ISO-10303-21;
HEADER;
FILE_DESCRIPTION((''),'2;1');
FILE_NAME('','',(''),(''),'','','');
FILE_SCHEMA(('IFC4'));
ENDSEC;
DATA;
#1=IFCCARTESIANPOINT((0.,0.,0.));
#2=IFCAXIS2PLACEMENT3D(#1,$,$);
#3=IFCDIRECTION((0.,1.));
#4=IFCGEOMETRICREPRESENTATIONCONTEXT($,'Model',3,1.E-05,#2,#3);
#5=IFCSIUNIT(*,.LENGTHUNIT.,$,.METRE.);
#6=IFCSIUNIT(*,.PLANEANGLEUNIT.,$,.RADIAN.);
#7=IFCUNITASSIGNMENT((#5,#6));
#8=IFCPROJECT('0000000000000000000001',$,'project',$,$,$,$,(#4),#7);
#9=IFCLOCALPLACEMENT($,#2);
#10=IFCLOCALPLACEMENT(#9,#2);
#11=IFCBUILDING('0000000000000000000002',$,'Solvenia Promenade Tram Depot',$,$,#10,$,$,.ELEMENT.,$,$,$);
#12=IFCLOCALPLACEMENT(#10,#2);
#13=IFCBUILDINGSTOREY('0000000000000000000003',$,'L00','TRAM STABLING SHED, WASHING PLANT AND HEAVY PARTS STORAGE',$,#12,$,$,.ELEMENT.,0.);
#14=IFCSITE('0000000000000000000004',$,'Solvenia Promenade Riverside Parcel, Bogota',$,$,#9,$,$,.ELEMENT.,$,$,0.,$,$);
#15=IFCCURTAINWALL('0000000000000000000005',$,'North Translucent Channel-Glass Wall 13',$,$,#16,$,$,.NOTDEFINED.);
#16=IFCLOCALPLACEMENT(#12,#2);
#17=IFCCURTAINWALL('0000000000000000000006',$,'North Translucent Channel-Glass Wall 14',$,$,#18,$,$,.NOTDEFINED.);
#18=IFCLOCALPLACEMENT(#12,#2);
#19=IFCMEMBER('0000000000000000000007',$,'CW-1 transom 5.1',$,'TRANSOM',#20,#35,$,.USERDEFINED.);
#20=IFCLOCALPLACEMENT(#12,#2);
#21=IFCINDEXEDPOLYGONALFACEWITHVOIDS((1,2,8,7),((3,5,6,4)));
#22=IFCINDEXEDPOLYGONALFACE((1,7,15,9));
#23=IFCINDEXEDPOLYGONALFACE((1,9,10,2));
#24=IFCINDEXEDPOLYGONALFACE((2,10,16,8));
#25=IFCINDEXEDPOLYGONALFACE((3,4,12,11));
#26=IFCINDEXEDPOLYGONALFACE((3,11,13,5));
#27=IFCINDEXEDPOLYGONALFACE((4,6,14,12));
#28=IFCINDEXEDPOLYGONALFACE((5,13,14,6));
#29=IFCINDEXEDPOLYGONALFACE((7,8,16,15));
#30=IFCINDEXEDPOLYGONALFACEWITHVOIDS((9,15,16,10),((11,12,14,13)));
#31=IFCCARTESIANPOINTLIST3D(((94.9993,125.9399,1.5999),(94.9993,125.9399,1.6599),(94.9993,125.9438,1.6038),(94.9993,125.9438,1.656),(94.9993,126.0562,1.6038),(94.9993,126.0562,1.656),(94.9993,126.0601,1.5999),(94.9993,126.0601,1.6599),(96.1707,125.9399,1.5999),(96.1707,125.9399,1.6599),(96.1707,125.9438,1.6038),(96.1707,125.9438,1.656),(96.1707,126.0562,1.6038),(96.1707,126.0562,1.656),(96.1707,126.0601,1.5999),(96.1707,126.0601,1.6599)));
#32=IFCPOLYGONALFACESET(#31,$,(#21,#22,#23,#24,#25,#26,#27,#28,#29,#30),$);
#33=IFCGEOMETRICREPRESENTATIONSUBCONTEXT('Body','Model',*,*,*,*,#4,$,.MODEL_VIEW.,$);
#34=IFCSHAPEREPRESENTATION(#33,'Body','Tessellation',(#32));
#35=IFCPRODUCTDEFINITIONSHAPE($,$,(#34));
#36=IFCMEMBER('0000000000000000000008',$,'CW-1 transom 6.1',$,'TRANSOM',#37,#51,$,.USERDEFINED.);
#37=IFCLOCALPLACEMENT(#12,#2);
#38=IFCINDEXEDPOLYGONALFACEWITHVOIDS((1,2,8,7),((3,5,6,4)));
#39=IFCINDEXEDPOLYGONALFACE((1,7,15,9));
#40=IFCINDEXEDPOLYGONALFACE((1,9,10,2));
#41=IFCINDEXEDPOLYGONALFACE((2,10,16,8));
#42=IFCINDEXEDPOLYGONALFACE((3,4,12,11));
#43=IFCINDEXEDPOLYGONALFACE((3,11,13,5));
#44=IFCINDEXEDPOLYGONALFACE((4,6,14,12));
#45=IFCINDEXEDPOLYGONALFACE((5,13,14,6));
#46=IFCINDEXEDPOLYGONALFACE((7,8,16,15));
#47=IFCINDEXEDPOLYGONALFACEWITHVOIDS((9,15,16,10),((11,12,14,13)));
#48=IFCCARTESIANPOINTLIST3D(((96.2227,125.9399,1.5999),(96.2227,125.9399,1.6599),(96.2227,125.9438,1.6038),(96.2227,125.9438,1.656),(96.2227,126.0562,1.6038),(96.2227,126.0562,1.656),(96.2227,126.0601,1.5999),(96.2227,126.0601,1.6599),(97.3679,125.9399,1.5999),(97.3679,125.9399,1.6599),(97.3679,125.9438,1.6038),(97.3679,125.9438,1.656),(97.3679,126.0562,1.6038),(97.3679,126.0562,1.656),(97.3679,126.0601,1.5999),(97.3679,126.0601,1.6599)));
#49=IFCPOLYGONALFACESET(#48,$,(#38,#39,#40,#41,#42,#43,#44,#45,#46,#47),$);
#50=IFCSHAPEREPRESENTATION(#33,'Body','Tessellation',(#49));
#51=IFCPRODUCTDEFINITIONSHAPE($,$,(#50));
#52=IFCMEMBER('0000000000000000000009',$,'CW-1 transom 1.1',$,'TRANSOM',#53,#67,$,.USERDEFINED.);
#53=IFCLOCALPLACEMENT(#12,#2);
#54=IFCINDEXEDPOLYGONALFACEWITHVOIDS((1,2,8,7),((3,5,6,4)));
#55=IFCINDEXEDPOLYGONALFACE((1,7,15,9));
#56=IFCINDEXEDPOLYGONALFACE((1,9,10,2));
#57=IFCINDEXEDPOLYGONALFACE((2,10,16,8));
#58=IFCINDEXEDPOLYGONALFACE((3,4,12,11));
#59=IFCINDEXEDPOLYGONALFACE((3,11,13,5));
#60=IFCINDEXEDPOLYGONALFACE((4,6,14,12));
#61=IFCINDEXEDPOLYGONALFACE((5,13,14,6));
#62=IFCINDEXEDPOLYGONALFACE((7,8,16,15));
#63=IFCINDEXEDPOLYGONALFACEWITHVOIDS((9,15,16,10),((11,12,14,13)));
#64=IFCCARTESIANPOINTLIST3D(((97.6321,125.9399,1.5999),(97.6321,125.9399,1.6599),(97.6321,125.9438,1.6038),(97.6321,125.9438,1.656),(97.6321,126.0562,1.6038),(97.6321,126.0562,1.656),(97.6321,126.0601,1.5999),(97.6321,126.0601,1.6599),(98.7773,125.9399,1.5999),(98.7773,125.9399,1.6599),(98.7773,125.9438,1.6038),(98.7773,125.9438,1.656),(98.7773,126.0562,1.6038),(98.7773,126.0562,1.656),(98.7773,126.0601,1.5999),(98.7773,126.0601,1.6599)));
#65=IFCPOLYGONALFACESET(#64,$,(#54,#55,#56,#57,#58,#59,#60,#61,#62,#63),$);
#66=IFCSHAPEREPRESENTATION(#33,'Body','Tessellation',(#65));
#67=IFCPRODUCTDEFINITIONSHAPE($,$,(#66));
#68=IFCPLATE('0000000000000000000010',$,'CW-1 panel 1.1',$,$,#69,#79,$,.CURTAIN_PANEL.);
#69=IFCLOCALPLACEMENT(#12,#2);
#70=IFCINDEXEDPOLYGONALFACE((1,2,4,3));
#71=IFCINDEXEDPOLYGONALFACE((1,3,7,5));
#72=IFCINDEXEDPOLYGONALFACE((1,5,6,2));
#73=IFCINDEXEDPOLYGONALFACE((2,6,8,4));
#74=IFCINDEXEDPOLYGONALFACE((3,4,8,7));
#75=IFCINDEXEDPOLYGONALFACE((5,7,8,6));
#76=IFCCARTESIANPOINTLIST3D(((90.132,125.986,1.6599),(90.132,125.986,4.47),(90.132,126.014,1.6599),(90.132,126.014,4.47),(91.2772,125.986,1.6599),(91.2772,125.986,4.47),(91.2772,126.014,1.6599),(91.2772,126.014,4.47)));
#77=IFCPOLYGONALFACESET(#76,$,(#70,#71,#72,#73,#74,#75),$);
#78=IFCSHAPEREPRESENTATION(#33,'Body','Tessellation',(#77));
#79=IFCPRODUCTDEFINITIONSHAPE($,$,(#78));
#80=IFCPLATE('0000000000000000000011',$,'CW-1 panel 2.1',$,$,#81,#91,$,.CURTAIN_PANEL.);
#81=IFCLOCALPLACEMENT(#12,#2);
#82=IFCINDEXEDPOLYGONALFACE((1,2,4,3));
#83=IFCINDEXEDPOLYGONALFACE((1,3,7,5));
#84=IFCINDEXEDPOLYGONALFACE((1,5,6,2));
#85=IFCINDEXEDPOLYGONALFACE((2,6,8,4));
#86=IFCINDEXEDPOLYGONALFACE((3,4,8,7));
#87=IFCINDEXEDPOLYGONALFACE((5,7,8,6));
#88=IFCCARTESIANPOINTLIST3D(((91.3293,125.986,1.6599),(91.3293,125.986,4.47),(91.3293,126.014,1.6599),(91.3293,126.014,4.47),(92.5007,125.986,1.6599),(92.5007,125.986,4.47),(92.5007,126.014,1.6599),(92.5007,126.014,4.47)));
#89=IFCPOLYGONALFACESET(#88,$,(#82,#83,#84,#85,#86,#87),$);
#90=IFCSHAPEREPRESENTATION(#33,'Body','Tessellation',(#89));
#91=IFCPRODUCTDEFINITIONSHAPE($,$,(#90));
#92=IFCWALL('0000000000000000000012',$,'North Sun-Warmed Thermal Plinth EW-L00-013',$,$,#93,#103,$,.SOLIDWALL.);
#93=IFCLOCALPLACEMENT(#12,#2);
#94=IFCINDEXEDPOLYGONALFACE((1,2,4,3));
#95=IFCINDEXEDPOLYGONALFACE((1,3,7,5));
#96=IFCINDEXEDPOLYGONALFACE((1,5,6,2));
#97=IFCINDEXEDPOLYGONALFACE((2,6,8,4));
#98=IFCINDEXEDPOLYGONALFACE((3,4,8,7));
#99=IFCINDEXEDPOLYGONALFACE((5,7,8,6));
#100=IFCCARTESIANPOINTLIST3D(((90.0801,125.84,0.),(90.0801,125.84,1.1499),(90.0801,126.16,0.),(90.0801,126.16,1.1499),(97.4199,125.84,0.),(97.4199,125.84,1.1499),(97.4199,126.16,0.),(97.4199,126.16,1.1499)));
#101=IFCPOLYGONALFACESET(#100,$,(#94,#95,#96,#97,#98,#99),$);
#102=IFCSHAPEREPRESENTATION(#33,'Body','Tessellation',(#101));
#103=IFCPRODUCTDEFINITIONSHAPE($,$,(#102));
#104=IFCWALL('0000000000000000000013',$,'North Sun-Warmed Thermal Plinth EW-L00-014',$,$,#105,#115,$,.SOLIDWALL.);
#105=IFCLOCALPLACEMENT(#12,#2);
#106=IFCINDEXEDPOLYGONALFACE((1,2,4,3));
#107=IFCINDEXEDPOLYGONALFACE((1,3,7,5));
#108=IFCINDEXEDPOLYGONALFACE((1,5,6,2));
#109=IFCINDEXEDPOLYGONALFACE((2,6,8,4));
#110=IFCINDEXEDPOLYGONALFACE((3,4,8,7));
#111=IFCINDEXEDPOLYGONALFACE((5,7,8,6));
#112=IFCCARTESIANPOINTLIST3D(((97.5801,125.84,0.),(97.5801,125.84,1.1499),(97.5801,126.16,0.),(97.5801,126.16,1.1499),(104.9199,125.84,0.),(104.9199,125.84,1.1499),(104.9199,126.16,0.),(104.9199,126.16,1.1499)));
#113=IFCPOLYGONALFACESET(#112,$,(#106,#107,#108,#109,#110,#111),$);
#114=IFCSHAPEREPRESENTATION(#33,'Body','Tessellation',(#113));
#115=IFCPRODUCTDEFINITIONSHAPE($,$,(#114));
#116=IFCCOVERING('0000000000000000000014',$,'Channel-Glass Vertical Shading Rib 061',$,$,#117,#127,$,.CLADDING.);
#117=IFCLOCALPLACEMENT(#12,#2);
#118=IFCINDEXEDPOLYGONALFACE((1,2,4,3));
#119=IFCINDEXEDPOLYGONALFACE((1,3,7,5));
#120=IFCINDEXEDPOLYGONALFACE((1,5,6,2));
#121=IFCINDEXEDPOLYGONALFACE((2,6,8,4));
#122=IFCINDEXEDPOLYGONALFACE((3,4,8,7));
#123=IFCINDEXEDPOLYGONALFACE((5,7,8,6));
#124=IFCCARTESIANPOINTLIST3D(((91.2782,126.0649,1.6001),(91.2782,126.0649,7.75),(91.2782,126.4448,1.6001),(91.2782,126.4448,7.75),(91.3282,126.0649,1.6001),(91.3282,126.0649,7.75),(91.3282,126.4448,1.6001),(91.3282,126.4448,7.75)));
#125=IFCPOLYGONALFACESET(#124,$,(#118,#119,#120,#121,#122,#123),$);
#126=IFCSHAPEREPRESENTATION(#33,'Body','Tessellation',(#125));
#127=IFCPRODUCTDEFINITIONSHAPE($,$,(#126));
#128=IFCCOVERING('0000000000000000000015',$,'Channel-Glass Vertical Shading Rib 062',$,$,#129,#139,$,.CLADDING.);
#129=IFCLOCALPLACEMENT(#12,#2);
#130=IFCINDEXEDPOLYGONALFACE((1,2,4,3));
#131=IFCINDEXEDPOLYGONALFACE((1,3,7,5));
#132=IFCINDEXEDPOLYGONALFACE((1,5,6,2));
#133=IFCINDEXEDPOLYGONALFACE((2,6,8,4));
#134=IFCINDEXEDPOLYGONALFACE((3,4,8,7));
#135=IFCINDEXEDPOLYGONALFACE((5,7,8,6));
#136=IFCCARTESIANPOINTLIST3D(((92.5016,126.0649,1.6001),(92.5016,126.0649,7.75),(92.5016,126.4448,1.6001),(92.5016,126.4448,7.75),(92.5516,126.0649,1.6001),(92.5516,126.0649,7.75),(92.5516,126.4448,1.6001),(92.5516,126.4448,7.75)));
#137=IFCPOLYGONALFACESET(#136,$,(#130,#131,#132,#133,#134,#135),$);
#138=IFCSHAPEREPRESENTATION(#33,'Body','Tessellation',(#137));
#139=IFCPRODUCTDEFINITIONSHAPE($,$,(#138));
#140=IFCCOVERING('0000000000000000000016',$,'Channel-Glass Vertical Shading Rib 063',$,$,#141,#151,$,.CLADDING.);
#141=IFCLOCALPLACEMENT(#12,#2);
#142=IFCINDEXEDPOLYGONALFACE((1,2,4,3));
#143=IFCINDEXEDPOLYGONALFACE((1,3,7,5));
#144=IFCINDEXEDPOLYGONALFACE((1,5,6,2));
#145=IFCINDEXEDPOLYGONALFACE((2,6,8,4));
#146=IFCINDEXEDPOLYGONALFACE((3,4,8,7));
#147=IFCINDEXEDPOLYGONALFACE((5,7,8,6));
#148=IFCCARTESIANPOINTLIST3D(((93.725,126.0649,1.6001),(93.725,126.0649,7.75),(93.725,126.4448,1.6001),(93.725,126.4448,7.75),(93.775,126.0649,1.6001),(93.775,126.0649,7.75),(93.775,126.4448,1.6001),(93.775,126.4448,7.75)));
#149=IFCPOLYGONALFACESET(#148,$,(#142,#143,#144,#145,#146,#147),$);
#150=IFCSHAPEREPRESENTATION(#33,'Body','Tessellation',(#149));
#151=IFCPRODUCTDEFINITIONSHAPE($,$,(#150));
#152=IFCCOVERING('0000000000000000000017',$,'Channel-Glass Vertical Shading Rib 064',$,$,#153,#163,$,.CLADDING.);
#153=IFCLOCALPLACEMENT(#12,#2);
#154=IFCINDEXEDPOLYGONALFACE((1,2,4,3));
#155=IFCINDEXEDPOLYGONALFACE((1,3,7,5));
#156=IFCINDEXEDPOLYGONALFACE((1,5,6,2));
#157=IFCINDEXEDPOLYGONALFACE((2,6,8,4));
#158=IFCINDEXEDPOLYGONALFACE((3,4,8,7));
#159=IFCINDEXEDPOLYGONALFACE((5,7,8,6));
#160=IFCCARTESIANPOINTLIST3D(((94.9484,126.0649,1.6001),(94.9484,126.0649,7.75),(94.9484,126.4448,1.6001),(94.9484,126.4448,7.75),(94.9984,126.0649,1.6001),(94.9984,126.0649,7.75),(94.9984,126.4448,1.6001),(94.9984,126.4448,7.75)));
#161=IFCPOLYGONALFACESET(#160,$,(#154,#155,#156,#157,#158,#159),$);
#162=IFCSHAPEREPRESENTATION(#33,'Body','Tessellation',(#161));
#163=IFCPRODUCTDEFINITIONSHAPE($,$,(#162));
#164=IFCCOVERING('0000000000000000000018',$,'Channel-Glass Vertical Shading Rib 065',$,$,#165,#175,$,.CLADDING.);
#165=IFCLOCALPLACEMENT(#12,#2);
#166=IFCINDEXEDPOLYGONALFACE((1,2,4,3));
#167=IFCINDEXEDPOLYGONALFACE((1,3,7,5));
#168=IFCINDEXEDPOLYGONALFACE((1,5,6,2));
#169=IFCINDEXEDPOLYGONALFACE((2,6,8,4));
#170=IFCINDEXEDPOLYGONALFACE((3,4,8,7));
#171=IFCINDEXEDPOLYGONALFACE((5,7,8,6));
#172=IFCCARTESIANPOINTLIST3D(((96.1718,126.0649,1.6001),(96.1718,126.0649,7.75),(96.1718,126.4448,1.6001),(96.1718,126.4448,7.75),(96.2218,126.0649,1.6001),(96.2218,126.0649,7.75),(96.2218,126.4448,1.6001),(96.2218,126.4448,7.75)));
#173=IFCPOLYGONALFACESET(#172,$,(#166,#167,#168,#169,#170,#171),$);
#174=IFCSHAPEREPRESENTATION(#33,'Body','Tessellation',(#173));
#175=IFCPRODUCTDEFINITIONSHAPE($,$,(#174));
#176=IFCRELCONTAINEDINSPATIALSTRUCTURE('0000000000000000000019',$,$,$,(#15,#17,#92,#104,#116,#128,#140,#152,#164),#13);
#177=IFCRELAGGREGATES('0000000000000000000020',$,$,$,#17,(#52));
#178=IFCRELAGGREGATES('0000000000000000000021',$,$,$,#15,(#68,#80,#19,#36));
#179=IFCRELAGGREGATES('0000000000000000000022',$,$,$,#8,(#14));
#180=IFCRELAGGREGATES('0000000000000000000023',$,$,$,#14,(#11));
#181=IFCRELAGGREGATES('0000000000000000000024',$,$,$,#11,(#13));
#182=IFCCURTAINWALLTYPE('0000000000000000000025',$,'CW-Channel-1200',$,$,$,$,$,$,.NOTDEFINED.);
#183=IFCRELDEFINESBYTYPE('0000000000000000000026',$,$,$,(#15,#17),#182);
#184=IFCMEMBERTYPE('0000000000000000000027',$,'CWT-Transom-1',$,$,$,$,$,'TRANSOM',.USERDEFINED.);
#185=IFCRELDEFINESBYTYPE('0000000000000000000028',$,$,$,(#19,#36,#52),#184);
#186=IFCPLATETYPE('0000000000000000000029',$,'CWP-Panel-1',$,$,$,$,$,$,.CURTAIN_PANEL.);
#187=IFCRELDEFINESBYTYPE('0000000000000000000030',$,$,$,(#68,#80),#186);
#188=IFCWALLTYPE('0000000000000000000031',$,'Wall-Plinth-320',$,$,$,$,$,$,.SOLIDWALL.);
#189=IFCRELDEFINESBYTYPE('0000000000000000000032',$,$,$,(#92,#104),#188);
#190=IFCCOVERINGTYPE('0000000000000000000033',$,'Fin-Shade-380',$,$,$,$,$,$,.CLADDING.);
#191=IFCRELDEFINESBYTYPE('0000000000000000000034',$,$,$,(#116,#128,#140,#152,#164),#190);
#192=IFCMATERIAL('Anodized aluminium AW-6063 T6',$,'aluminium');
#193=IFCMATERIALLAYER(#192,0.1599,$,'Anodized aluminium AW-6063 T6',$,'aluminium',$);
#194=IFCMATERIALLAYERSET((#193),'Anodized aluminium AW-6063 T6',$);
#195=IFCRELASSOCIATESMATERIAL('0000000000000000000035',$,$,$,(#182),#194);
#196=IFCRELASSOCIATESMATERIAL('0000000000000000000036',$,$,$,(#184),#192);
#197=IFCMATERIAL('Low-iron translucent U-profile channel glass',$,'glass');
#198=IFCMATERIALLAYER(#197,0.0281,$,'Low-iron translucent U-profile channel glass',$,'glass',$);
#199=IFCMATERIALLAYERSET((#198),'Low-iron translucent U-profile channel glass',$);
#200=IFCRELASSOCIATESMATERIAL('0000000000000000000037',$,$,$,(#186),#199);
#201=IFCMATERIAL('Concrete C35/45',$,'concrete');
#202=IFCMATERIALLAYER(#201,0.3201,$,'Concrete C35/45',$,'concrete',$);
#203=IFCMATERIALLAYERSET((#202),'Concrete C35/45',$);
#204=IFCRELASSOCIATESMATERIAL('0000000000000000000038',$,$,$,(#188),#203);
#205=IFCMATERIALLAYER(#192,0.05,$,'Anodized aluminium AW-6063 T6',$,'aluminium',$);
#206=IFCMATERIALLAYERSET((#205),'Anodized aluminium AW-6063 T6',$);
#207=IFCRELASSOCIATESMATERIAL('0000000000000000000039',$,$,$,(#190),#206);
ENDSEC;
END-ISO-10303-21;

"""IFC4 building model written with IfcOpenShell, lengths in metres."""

from ifc_helpers import new_model, si_unit, direction, frame, frame_2d, origin, origin_2d, place, context, subcontext, project, spatial, rectangle, hollow_rectangle, extrude, material, layer, layer_set, material_profile, profile_set, type_object, element, aggregate, save


model = new_model("IFC4")

# Units and contexts
model_context = context("Model", 3, precision=1e-05, world=origin(), true_north=direction((0.0, 1.0)))
body_context = subcontext(model_context, "Body", "Model", "MODEL_VIEW")
ifc_project = project(units=[si_unit("LENGTHUNIT", "METRE"), si_unit("PLANEANGLEUNIT", "RADIAN")], contexts=[model_context])

# Site, building, storey
site_placement = place(None, origin())
site = spatial("IfcSite", under=ifc_project, at=site_placement, Name="Solvenia Promenade Riverside Parcel, Bogota", CompositionType="ELEMENT", RefElevation=0.0)
building_placement = place(site_placement, origin())
building = spatial("IfcBuilding", under=site, at=building_placement, Name="Solvenia Promenade Tram Depot", CompositionType="ELEMENT")
storey_placement = place(building_placement, origin())
storey = spatial("IfcBuildingStorey", under=building, at=storey_placement, Name="L00", Description="TRAM STABLING SHED, WASHING PLANT AND HEAVY PARTS STORAGE", CompositionType="ELEMENT", Elevation=0.0)

# Shared definitions
ifc_material_1 = material(Name="Anodized aluminium AW-6063 T6", Category="aluminium")
ifc_layer_1 = layer(ifc_material_1, 0.1599, Name="Anodized aluminium AW-6063 T6", Category="aluminium")
ifc_layer_set_1 = layer_set([ifc_layer_1], Name="Anodized aluminium AW-6063 T6")
curtain_wall_type = type_object("IfcCurtainWallType", Name="CW-Channel-1200", PredefinedType="NOTDEFINED", material=ifc_layer_set_1)

# Curtain wall
curtain_wall_1_placement = place(storey_placement, origin())
curtain_wall_1 = element("IfcCurtainWall", 1, at=curtain_wall_1_placement, inside=storey, type_object=curtain_wall_type, Name="North Translucent Channel-Glass Wall 13", PredefinedType="NOTDEFINED")

# Curtain wall
curtain_wall_2_placement = place(storey_placement, origin())
curtain_wall_2 = element("IfcCurtainWall", 2, at=curtain_wall_2_placement, inside=storey, type_object=curtain_wall_type, Name="North Translucent Channel-Glass Wall 14", PredefinedType="NOTDEFINED")

# Members
ifc_material_profile_1 = material_profile(ifc_material_1, hollow_rectangle(XDim=0.1201, YDim=0.0601, WallThickness=0.0039, at=origin_2d()), Name="ALU-T1", Category="aluminium")
ifc_profile_set_1 = profile_set([ifc_material_profile_1], Name="Anodized aluminium AW-6063 T6")
member_type_1 = type_object("IfcMemberType", Name="CWT-Transom-1", ElementType="TRANSOM", PredefinedType="USERDEFINED", material=ifc_profile_set_1)
member_1_placement = place(storey_placement, frame((94.9993, 126.0, 1.6299), z_axis=(1.0, 0.0, 0.0), x_axis=(0.0, 1.0, 0.0)))
member_1 = element("IfcMember", 3, at=member_1_placement, type_object=member_type_1, Name="CW-1 transom 5.1", ObjectType="TRANSOM", PredefinedType="USERDEFINED", context=body_context, shape_type="SweptSolid", body=[
    extrude(hollow_rectangle(XDim=0.1201, YDim=0.0601, WallThickness=0.0039, at=origin_2d()), origin(), (0.0, 0.0, 1.0), 1.1714),
])
member_2_placement = place(storey_placement, frame((96.2227, 126.0, 1.6299), z_axis=(1.0, 0.0, 0.0), x_axis=(0.0, 1.0, 0.0)))
member_2 = element("IfcMember", 4, at=member_2_placement, type_object=member_type_1, Name="CW-1 transom 6.1", ObjectType="TRANSOM", PredefinedType="USERDEFINED", context=body_context, shape_type="SweptSolid", body=[
    extrude(hollow_rectangle(XDim=0.1201, YDim=0.0601, WallThickness=0.0039, at=origin_2d()), origin(), (0.0, 0.0, 1.0), 1.1453),
])
member_3_placement = place(storey_placement, frame((97.6321, 126.0, 1.6299), z_axis=(1.0, 0.0, 0.0), x_axis=(0.0, 1.0, 0.0)))
member_3 = element("IfcMember", 5, at=member_3_placement, type_object=member_type_1, Name="CW-1 transom 1.1", ObjectType="TRANSOM", PredefinedType="USERDEFINED", context=body_context, shape_type="SweptSolid", body=[
    extrude(hollow_rectangle(XDim=0.1201, YDim=0.0601, WallThickness=0.0039, at=origin_2d()), origin(), (0.0, 0.0, 1.0), 1.1453),
])
aggregate(curtain_wall_2, [member_3])

# Plates
ifc_material_2 = material(Name="Low-iron translucent U-profile channel glass", Category="glass")
ifc_layer_2 = layer(ifc_material_2, 0.0281, Name="Low-iron translucent U-profile channel glass", Category="glass")
ifc_layer_set_2 = layer_set([ifc_layer_2], Name="Low-iron translucent U-profile channel glass")
plate_type = type_object("IfcPlateType", Name="CWP-Panel-1", PredefinedType="CURTAIN_PANEL", material=ifc_layer_set_2)
plate_1_placement = place(storey_placement, frame((90.7046, 126.0, 1.6599), z_axis=(0.0, 0.0, 1.0), x_axis=(1.0, 0.0, 0.0)))
plate_1 = element("IfcPlate", 6, at=plate_1_placement, type_object=plate_type, Name="CW-1 panel 1.1", PredefinedType="CURTAIN_PANEL", context=body_context, shape_type="SweptSolid", body=[
    extrude(rectangle(XDim=1.1453, YDim=0.0281, at=origin_2d()), origin(), (0.0, 0.0, 1.0), 2.8101),
])
plate_2_placement = place(storey_placement, frame((91.915, 126.0, 1.6599), z_axis=(0.0, 0.0, 1.0), x_axis=(1.0, 0.0, 0.0)))
plate_2 = element("IfcPlate", 7, at=plate_2_placement, type_object=plate_type, Name="CW-1 panel 2.1", PredefinedType="CURTAIN_PANEL", context=body_context, shape_type="SweptSolid", body=[
    extrude(rectangle(XDim=1.1714, YDim=0.0281, at=origin_2d()), origin(), (0.0, 0.0, 1.0), 2.8101),
])
aggregate(curtain_wall_1, [plate_1, plate_2, member_1, member_2])

# Walls
ifc_material_3 = material(Name="Concrete C35/45", Category="concrete")
ifc_layer_3 = layer(ifc_material_3, 0.3201, Name="Concrete C35/45", Category="concrete")
ifc_layer_set_3 = layer_set([ifc_layer_3], Name="Concrete C35/45")
wall_type = type_object("IfcWallType", Name="Wall-Plinth-320", PredefinedType="SOLIDWALL", material=ifc_layer_set_3)
for number, where, z_axis, x_axis, name in (
    (8, (90.0801, 126.0, 0.0), (0.0, 0.0, 1.0), (1.0, 0.0, 0.0), "North Sun-Warmed Thermal Plinth EW-L00-013"),
    (9, (97.5801, 126.0, 0.0), (0.0, 0.0, 1.0), (1.0, 0.0, 0.0), "North Sun-Warmed Thermal Plinth EW-L00-014"),
):
    element("IfcWall", number, at=place(storey_placement, frame(where, z_axis=z_axis, x_axis=x_axis)), inside=storey, type_object=wall_type, Name=name, PredefinedType="SOLIDWALL", context=body_context, shape_type="SweptSolid", body=[
        extrude(rectangle(XDim=7.3398, YDim=0.3201, at=frame_2d((3.6699, 0.0))), origin(), (0.0, 0.0, 1.0), 1.1499),
    ])

# Coverings
ifc_layer_4 = layer(ifc_material_1, 0.05, Name="Anodized aluminium AW-6063 T6", Category="aluminium")
ifc_layer_set_4 = layer_set([ifc_layer_4], Name="Anodized aluminium AW-6063 T6")
covering_type = type_object("IfcCoveringType", Name="Fin-Shade-380", PredefinedType="CLADDING", material=ifc_layer_set_4)
for number, where, z_axis, x_axis, name in (
    (10, (91.3032, 126.2549, 1.6001), (0.0, 0.0, 1.0), (1.0, 0.0, 0.0), "Channel-Glass Vertical Shading Rib 061"),
    (11, (92.5266, 126.2549, 1.6001), (0.0, 0.0, 1.0), (1.0, 0.0, 0.0), "Channel-Glass Vertical Shading Rib 062"),
    (12, (93.75, 126.2549, 1.6001), (0.0, 0.0, 1.0), (1.0, 0.0, 0.0), "Channel-Glass Vertical Shading Rib 063"),
    (13, (94.9734, 126.2549, 1.6001), (0.0, 0.0, 1.0), (1.0, 0.0, 0.0), "Channel-Glass Vertical Shading Rib 064"),
    (14, (96.1968, 126.2549, 1.6001), (0.0, 0.0, 1.0), (1.0, 0.0, 0.0), "Channel-Glass Vertical Shading Rib 065"),
):
    element("IfcCovering", number, at=place(storey_placement, frame(where, z_axis=z_axis, x_axis=x_axis)), inside=storey, type_object=covering_type, Name=name, PredefinedType="CLADDING", context=body_context, shape_type="SweptSolid", body=[
        extrude(rectangle(XDim=0.05, YDim=0.3799, at=origin_2d()), origin(), (0.0, 0.0, 1.0), 6.1499),
    ])

save(model, "model.ifc")
